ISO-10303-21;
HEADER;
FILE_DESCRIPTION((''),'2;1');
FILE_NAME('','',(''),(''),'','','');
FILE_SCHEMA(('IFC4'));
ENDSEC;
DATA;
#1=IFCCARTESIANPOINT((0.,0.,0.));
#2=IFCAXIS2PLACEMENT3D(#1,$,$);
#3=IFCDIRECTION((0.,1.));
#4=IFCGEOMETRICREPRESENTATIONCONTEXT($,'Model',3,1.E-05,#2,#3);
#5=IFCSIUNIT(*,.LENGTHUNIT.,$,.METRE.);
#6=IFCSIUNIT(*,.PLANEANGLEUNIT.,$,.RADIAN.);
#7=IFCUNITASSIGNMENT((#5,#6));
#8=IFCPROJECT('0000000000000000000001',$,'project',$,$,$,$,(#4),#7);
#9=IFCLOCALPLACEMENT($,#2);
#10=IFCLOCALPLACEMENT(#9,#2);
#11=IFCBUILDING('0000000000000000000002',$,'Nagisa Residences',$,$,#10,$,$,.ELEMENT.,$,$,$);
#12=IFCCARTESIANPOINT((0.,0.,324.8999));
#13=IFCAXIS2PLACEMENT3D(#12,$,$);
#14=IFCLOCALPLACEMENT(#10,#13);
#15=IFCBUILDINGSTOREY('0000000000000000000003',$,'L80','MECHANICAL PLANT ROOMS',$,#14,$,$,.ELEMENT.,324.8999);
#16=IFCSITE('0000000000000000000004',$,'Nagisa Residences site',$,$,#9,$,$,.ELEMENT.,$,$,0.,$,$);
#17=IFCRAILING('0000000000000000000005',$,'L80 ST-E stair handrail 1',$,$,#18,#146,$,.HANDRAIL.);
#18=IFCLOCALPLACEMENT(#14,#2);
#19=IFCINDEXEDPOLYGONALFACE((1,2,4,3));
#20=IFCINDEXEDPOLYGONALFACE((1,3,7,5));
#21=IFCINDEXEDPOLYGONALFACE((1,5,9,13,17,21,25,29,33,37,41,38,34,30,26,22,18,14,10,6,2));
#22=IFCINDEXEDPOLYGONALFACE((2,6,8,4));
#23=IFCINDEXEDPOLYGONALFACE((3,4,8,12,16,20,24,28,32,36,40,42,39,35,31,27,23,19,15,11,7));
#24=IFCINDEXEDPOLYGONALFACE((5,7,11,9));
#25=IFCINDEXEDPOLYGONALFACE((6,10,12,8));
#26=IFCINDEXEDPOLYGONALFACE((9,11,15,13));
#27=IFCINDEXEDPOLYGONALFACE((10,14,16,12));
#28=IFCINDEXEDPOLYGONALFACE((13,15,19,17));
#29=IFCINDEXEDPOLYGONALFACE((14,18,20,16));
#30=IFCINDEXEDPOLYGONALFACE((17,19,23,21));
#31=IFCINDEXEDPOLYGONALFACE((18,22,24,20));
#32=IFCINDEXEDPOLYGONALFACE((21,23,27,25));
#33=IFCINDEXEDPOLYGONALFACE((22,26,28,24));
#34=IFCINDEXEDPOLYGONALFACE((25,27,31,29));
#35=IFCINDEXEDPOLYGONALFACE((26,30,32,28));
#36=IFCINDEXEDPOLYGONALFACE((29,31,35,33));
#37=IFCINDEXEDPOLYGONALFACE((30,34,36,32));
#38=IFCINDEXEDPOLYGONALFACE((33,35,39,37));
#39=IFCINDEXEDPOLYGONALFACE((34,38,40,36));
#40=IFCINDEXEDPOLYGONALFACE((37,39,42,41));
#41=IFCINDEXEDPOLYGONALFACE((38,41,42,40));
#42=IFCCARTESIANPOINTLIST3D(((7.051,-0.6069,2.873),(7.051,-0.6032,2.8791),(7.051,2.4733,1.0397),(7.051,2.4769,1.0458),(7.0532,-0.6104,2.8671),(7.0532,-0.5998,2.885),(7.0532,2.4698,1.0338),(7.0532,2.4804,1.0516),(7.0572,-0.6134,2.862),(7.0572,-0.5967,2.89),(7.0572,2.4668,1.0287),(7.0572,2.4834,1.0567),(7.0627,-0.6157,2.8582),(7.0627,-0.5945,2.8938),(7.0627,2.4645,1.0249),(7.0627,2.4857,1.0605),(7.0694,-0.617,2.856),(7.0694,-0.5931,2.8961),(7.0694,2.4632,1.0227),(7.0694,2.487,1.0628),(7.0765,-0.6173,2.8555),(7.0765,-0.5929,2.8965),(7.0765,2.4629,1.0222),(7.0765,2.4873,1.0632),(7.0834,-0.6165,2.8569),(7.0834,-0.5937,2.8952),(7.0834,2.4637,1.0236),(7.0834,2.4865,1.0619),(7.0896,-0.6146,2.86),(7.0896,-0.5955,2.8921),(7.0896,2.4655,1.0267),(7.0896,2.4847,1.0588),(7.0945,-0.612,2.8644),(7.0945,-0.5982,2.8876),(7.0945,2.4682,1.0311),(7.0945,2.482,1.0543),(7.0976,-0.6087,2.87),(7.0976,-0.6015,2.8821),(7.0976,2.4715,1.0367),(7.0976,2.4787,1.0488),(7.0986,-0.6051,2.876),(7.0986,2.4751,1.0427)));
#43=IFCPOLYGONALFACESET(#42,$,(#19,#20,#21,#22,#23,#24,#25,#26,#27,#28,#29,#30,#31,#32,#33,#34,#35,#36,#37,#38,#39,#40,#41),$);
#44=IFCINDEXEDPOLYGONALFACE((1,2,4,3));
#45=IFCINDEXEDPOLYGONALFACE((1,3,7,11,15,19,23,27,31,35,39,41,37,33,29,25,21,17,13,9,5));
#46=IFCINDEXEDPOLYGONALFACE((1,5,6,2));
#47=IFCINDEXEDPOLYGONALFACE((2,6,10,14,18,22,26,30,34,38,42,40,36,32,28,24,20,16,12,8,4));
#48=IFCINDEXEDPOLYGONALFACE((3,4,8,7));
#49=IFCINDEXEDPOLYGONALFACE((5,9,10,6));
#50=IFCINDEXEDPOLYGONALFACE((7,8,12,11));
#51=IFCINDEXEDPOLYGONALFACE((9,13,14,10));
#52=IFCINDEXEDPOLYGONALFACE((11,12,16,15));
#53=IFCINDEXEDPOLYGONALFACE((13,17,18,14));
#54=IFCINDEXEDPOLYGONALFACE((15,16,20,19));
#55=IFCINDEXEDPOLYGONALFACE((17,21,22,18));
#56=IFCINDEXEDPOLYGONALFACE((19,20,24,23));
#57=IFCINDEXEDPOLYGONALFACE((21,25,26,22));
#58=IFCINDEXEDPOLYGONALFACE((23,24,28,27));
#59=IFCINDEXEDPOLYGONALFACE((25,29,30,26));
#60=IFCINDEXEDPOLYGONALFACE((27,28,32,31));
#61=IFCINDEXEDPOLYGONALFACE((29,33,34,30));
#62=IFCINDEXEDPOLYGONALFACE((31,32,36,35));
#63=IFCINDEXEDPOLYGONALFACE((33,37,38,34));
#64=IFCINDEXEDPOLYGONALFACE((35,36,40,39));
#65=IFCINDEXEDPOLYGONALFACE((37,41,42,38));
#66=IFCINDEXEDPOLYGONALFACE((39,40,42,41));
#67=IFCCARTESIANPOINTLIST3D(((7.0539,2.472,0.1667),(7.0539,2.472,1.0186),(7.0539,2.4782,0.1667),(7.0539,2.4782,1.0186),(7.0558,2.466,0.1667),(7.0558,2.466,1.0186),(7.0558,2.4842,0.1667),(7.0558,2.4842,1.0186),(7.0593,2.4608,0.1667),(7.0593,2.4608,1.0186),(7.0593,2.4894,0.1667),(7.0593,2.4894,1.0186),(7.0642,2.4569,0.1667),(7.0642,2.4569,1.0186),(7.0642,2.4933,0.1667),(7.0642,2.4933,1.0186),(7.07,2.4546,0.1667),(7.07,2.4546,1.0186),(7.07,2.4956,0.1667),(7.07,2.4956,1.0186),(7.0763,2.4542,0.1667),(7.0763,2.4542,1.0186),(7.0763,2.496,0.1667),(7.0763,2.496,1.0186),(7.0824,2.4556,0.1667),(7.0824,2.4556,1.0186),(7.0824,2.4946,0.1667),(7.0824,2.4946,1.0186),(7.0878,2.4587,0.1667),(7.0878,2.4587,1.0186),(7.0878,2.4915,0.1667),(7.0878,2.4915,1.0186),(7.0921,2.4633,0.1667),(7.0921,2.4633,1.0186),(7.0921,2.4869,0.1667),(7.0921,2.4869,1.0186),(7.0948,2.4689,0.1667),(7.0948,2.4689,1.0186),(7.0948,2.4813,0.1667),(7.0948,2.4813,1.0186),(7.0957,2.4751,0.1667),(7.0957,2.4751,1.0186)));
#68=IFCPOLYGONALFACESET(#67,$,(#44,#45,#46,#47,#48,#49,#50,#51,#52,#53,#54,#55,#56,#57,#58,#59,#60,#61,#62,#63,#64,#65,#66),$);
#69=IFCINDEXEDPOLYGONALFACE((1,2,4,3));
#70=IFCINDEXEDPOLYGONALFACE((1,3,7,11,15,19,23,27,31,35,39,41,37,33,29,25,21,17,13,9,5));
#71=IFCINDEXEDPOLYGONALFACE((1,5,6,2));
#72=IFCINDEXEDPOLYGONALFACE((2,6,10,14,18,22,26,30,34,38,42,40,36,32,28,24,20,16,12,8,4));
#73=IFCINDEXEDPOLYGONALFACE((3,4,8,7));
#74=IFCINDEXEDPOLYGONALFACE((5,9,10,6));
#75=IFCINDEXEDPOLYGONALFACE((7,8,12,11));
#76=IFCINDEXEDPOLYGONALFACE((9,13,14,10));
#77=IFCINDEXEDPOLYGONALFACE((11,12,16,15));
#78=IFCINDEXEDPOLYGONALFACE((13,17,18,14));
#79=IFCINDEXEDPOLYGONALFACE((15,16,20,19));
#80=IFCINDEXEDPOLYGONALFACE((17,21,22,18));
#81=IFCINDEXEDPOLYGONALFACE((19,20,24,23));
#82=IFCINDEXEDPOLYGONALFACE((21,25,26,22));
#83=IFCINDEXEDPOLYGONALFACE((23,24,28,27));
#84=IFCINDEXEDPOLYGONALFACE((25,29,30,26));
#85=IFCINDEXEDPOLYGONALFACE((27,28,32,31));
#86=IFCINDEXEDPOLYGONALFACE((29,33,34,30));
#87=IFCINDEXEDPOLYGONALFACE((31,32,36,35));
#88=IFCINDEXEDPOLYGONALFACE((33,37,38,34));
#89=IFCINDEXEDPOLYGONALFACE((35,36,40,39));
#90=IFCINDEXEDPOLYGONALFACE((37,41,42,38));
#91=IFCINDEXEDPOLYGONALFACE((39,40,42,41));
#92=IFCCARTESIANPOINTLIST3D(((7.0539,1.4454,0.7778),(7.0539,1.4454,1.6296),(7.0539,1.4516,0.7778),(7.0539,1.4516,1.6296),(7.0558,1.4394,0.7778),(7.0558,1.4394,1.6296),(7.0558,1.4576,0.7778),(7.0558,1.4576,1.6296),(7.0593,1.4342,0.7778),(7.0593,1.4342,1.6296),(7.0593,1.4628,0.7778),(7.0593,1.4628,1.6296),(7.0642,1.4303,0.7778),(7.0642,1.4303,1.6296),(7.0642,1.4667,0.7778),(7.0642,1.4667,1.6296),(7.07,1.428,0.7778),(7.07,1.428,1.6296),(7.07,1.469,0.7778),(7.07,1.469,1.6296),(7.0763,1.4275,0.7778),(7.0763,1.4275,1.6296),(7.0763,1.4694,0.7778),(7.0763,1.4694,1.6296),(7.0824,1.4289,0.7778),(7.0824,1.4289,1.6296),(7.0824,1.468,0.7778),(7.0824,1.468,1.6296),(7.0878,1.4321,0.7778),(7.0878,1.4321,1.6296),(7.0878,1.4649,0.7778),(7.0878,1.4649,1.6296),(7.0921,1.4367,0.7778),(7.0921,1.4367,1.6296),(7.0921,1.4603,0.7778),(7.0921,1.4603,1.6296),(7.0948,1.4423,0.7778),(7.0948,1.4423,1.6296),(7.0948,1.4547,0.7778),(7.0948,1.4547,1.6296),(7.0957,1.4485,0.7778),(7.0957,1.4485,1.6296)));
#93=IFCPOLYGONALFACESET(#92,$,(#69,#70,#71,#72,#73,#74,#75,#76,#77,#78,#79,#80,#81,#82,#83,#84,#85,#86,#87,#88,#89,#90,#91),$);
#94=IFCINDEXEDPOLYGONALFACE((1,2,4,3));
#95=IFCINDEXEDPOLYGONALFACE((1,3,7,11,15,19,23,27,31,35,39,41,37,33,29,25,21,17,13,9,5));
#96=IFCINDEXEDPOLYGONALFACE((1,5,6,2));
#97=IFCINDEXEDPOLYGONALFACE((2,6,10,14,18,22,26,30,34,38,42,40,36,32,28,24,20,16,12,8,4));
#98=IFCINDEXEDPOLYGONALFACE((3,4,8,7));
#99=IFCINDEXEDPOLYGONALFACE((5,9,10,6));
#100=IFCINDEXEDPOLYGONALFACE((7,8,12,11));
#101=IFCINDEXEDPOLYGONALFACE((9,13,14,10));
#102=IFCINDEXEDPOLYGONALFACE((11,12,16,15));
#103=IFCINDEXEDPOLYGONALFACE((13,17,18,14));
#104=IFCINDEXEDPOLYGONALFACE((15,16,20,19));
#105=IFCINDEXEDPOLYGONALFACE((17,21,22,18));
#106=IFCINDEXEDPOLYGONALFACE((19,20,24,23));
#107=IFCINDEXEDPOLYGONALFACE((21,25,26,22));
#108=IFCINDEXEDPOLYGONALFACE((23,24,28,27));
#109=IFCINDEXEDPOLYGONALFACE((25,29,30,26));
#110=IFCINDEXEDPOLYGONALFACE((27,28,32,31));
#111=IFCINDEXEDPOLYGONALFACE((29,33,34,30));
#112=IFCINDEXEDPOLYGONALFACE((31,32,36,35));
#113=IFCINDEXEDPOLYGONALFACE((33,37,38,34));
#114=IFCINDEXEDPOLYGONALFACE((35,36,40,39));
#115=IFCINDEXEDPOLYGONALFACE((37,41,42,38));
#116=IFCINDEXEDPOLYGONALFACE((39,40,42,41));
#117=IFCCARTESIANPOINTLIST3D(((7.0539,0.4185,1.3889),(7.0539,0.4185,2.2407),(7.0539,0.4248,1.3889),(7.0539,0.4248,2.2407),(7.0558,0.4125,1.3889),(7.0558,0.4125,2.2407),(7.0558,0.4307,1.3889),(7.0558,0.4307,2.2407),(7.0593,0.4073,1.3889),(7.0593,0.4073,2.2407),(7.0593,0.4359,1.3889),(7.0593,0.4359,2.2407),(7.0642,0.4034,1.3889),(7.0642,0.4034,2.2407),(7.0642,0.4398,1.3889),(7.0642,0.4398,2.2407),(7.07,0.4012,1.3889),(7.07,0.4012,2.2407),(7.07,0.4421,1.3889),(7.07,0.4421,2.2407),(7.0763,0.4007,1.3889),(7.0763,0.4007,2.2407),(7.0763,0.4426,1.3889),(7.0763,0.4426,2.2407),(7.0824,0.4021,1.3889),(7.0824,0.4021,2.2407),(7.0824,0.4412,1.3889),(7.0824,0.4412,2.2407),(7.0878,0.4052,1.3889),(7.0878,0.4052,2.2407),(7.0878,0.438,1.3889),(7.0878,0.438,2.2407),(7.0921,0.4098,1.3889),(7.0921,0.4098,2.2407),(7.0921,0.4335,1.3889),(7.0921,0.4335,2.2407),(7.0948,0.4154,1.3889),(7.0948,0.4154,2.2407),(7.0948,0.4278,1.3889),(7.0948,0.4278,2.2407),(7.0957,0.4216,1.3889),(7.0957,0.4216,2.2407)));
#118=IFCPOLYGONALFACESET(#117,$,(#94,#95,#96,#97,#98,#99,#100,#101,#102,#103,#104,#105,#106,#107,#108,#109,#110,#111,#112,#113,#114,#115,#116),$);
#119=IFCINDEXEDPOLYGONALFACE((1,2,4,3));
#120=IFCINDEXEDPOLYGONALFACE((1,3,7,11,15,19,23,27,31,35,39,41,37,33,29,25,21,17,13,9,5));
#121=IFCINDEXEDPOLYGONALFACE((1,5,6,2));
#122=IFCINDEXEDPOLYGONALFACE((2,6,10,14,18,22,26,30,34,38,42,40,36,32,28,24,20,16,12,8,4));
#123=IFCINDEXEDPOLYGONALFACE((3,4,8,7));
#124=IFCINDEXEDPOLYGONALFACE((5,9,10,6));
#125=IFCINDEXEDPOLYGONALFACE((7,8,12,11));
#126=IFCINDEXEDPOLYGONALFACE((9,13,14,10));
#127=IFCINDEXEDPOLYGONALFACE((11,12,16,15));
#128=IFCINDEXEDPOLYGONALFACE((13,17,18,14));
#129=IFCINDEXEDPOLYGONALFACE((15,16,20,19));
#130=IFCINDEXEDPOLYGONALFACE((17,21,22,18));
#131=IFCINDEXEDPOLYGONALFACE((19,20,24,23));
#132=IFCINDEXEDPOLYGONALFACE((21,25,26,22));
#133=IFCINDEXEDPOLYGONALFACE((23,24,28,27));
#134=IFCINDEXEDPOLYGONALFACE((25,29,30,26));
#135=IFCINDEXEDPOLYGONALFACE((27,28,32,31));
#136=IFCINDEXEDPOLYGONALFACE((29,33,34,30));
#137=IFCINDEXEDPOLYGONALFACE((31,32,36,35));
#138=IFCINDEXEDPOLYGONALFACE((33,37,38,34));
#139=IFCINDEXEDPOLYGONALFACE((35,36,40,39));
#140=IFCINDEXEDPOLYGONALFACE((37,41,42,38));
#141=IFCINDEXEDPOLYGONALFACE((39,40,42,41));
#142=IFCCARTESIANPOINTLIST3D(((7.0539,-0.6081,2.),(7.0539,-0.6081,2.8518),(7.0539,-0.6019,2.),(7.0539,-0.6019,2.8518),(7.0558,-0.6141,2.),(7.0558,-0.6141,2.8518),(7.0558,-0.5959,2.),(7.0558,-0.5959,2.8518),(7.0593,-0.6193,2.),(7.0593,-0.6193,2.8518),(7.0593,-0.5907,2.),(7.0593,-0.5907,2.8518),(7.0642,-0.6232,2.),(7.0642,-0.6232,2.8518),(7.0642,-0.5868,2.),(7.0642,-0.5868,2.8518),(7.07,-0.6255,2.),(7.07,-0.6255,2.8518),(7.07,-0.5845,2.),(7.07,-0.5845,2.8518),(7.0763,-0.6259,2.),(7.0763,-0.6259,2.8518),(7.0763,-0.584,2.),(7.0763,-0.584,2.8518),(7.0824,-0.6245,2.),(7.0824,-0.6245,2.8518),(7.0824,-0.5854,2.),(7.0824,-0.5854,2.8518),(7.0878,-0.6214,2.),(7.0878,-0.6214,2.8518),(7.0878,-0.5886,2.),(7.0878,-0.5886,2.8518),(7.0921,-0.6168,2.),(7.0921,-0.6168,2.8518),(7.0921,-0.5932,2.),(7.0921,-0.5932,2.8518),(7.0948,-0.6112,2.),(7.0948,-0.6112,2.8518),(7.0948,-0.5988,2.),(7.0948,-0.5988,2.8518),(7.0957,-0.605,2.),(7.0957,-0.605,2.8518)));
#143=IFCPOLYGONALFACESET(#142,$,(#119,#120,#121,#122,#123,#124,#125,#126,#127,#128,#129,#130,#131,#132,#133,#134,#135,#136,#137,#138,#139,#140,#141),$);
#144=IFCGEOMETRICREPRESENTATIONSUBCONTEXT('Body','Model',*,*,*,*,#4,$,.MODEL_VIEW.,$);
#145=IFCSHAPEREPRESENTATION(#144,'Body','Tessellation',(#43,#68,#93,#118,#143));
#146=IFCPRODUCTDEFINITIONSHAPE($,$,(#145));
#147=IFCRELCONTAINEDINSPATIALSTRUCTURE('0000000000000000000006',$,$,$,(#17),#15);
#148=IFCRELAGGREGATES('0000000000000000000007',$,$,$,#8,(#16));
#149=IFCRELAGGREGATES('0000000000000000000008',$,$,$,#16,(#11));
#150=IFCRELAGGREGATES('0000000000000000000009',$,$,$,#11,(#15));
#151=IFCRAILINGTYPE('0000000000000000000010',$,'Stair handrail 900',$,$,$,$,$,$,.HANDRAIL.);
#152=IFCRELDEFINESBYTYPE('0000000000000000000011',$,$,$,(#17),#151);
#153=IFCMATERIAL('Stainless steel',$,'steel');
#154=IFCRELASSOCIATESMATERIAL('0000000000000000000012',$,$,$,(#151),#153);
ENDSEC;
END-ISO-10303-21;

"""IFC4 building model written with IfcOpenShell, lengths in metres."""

from ifc_helpers import new_model, si_unit, direction, frame, origin, origin_2d, place, context, subcontext, project, spatial, circle, extrude, material, type_object, element, save


model = new_model("IFC4")

# Units and contexts
model_context = context("Model", 3, precision=1e-05, world=origin(), true_north=direction((0.0, 1.0)))
body_context = subcontext(model_context, "Body", "Model", "MODEL_VIEW")
ifc_project = project(units=[si_unit("LENGTHUNIT", "METRE"), si_unit("PLANEANGLEUNIT", "RADIAN")], contexts=[model_context])

# Site, building, storey
site_placement = place(None, origin())
site = spatial("IfcSite", under=ifc_project, at=site_placement, Name="Nagisa Residences site", CompositionType="ELEMENT", RefElevation=0.0)
building_placement = place(site_placement, origin())
building = spatial("IfcBuilding", under=site, at=building_placement, Name="Nagisa Residences", CompositionType="ELEMENT")
storey_placement = place(building_placement, frame((0.0, 0.0, 324.8999)))
storey = spatial("IfcBuildingStorey", under=building, at=storey_placement, Name="L80", Description="MECHANICAL PLANT ROOMS", CompositionType="ELEMENT", Elevation=324.8999)

# Railing
ifc_material_1 = material(Name="Stainless steel", Category="steel")
railing_type_1 = type_object("IfcRailingType", Name="Stair handrail 900", PredefinedType="HANDRAIL", material=ifc_material_1)
railing_1_placement = place(storey_placement, frame((7.0747, 2.4751, 0.1667)))
element("IfcRailing", 1, at=railing_1_placement, inside=storey, type_object=railing_type_1, Name="L80 ST-E stair handrail 1", PredefinedType="HANDRAIL", context=body_context, shape_type="SweptSolid", body=[
    extrude(circle(Radius=0.0239, at=origin_2d()), frame((0.0, 0.0, 0.876), z_axis=(0.0, -0.859309, 0.511458), x_axis=(1.0, 0.0, 0.0)), (0.0, 0.0, 1.0), 3.5845),
    extrude(circle(Radius=0.021, at=origin_2d()), origin(), (0.0, 0.0, 1.0), 0.8518),
    extrude(circle(Radius=0.021, at=origin_2d()), frame((0.0, -1.0266, 0.6111)), (0.0, 0.0, 1.0), 0.8518),
    extrude(circle(Radius=0.021, at=origin_2d()), frame((0.0, -2.0535, 1.2222)), (0.0, 0.0, 1.0), 0.8518),
    extrude(circle(Radius=0.021, at=origin_2d()), frame((0.0, -3.0801, 1.8333)), (0.0, 0.0, 1.0), 0.8518),
])

save(model, "model.ifc")
